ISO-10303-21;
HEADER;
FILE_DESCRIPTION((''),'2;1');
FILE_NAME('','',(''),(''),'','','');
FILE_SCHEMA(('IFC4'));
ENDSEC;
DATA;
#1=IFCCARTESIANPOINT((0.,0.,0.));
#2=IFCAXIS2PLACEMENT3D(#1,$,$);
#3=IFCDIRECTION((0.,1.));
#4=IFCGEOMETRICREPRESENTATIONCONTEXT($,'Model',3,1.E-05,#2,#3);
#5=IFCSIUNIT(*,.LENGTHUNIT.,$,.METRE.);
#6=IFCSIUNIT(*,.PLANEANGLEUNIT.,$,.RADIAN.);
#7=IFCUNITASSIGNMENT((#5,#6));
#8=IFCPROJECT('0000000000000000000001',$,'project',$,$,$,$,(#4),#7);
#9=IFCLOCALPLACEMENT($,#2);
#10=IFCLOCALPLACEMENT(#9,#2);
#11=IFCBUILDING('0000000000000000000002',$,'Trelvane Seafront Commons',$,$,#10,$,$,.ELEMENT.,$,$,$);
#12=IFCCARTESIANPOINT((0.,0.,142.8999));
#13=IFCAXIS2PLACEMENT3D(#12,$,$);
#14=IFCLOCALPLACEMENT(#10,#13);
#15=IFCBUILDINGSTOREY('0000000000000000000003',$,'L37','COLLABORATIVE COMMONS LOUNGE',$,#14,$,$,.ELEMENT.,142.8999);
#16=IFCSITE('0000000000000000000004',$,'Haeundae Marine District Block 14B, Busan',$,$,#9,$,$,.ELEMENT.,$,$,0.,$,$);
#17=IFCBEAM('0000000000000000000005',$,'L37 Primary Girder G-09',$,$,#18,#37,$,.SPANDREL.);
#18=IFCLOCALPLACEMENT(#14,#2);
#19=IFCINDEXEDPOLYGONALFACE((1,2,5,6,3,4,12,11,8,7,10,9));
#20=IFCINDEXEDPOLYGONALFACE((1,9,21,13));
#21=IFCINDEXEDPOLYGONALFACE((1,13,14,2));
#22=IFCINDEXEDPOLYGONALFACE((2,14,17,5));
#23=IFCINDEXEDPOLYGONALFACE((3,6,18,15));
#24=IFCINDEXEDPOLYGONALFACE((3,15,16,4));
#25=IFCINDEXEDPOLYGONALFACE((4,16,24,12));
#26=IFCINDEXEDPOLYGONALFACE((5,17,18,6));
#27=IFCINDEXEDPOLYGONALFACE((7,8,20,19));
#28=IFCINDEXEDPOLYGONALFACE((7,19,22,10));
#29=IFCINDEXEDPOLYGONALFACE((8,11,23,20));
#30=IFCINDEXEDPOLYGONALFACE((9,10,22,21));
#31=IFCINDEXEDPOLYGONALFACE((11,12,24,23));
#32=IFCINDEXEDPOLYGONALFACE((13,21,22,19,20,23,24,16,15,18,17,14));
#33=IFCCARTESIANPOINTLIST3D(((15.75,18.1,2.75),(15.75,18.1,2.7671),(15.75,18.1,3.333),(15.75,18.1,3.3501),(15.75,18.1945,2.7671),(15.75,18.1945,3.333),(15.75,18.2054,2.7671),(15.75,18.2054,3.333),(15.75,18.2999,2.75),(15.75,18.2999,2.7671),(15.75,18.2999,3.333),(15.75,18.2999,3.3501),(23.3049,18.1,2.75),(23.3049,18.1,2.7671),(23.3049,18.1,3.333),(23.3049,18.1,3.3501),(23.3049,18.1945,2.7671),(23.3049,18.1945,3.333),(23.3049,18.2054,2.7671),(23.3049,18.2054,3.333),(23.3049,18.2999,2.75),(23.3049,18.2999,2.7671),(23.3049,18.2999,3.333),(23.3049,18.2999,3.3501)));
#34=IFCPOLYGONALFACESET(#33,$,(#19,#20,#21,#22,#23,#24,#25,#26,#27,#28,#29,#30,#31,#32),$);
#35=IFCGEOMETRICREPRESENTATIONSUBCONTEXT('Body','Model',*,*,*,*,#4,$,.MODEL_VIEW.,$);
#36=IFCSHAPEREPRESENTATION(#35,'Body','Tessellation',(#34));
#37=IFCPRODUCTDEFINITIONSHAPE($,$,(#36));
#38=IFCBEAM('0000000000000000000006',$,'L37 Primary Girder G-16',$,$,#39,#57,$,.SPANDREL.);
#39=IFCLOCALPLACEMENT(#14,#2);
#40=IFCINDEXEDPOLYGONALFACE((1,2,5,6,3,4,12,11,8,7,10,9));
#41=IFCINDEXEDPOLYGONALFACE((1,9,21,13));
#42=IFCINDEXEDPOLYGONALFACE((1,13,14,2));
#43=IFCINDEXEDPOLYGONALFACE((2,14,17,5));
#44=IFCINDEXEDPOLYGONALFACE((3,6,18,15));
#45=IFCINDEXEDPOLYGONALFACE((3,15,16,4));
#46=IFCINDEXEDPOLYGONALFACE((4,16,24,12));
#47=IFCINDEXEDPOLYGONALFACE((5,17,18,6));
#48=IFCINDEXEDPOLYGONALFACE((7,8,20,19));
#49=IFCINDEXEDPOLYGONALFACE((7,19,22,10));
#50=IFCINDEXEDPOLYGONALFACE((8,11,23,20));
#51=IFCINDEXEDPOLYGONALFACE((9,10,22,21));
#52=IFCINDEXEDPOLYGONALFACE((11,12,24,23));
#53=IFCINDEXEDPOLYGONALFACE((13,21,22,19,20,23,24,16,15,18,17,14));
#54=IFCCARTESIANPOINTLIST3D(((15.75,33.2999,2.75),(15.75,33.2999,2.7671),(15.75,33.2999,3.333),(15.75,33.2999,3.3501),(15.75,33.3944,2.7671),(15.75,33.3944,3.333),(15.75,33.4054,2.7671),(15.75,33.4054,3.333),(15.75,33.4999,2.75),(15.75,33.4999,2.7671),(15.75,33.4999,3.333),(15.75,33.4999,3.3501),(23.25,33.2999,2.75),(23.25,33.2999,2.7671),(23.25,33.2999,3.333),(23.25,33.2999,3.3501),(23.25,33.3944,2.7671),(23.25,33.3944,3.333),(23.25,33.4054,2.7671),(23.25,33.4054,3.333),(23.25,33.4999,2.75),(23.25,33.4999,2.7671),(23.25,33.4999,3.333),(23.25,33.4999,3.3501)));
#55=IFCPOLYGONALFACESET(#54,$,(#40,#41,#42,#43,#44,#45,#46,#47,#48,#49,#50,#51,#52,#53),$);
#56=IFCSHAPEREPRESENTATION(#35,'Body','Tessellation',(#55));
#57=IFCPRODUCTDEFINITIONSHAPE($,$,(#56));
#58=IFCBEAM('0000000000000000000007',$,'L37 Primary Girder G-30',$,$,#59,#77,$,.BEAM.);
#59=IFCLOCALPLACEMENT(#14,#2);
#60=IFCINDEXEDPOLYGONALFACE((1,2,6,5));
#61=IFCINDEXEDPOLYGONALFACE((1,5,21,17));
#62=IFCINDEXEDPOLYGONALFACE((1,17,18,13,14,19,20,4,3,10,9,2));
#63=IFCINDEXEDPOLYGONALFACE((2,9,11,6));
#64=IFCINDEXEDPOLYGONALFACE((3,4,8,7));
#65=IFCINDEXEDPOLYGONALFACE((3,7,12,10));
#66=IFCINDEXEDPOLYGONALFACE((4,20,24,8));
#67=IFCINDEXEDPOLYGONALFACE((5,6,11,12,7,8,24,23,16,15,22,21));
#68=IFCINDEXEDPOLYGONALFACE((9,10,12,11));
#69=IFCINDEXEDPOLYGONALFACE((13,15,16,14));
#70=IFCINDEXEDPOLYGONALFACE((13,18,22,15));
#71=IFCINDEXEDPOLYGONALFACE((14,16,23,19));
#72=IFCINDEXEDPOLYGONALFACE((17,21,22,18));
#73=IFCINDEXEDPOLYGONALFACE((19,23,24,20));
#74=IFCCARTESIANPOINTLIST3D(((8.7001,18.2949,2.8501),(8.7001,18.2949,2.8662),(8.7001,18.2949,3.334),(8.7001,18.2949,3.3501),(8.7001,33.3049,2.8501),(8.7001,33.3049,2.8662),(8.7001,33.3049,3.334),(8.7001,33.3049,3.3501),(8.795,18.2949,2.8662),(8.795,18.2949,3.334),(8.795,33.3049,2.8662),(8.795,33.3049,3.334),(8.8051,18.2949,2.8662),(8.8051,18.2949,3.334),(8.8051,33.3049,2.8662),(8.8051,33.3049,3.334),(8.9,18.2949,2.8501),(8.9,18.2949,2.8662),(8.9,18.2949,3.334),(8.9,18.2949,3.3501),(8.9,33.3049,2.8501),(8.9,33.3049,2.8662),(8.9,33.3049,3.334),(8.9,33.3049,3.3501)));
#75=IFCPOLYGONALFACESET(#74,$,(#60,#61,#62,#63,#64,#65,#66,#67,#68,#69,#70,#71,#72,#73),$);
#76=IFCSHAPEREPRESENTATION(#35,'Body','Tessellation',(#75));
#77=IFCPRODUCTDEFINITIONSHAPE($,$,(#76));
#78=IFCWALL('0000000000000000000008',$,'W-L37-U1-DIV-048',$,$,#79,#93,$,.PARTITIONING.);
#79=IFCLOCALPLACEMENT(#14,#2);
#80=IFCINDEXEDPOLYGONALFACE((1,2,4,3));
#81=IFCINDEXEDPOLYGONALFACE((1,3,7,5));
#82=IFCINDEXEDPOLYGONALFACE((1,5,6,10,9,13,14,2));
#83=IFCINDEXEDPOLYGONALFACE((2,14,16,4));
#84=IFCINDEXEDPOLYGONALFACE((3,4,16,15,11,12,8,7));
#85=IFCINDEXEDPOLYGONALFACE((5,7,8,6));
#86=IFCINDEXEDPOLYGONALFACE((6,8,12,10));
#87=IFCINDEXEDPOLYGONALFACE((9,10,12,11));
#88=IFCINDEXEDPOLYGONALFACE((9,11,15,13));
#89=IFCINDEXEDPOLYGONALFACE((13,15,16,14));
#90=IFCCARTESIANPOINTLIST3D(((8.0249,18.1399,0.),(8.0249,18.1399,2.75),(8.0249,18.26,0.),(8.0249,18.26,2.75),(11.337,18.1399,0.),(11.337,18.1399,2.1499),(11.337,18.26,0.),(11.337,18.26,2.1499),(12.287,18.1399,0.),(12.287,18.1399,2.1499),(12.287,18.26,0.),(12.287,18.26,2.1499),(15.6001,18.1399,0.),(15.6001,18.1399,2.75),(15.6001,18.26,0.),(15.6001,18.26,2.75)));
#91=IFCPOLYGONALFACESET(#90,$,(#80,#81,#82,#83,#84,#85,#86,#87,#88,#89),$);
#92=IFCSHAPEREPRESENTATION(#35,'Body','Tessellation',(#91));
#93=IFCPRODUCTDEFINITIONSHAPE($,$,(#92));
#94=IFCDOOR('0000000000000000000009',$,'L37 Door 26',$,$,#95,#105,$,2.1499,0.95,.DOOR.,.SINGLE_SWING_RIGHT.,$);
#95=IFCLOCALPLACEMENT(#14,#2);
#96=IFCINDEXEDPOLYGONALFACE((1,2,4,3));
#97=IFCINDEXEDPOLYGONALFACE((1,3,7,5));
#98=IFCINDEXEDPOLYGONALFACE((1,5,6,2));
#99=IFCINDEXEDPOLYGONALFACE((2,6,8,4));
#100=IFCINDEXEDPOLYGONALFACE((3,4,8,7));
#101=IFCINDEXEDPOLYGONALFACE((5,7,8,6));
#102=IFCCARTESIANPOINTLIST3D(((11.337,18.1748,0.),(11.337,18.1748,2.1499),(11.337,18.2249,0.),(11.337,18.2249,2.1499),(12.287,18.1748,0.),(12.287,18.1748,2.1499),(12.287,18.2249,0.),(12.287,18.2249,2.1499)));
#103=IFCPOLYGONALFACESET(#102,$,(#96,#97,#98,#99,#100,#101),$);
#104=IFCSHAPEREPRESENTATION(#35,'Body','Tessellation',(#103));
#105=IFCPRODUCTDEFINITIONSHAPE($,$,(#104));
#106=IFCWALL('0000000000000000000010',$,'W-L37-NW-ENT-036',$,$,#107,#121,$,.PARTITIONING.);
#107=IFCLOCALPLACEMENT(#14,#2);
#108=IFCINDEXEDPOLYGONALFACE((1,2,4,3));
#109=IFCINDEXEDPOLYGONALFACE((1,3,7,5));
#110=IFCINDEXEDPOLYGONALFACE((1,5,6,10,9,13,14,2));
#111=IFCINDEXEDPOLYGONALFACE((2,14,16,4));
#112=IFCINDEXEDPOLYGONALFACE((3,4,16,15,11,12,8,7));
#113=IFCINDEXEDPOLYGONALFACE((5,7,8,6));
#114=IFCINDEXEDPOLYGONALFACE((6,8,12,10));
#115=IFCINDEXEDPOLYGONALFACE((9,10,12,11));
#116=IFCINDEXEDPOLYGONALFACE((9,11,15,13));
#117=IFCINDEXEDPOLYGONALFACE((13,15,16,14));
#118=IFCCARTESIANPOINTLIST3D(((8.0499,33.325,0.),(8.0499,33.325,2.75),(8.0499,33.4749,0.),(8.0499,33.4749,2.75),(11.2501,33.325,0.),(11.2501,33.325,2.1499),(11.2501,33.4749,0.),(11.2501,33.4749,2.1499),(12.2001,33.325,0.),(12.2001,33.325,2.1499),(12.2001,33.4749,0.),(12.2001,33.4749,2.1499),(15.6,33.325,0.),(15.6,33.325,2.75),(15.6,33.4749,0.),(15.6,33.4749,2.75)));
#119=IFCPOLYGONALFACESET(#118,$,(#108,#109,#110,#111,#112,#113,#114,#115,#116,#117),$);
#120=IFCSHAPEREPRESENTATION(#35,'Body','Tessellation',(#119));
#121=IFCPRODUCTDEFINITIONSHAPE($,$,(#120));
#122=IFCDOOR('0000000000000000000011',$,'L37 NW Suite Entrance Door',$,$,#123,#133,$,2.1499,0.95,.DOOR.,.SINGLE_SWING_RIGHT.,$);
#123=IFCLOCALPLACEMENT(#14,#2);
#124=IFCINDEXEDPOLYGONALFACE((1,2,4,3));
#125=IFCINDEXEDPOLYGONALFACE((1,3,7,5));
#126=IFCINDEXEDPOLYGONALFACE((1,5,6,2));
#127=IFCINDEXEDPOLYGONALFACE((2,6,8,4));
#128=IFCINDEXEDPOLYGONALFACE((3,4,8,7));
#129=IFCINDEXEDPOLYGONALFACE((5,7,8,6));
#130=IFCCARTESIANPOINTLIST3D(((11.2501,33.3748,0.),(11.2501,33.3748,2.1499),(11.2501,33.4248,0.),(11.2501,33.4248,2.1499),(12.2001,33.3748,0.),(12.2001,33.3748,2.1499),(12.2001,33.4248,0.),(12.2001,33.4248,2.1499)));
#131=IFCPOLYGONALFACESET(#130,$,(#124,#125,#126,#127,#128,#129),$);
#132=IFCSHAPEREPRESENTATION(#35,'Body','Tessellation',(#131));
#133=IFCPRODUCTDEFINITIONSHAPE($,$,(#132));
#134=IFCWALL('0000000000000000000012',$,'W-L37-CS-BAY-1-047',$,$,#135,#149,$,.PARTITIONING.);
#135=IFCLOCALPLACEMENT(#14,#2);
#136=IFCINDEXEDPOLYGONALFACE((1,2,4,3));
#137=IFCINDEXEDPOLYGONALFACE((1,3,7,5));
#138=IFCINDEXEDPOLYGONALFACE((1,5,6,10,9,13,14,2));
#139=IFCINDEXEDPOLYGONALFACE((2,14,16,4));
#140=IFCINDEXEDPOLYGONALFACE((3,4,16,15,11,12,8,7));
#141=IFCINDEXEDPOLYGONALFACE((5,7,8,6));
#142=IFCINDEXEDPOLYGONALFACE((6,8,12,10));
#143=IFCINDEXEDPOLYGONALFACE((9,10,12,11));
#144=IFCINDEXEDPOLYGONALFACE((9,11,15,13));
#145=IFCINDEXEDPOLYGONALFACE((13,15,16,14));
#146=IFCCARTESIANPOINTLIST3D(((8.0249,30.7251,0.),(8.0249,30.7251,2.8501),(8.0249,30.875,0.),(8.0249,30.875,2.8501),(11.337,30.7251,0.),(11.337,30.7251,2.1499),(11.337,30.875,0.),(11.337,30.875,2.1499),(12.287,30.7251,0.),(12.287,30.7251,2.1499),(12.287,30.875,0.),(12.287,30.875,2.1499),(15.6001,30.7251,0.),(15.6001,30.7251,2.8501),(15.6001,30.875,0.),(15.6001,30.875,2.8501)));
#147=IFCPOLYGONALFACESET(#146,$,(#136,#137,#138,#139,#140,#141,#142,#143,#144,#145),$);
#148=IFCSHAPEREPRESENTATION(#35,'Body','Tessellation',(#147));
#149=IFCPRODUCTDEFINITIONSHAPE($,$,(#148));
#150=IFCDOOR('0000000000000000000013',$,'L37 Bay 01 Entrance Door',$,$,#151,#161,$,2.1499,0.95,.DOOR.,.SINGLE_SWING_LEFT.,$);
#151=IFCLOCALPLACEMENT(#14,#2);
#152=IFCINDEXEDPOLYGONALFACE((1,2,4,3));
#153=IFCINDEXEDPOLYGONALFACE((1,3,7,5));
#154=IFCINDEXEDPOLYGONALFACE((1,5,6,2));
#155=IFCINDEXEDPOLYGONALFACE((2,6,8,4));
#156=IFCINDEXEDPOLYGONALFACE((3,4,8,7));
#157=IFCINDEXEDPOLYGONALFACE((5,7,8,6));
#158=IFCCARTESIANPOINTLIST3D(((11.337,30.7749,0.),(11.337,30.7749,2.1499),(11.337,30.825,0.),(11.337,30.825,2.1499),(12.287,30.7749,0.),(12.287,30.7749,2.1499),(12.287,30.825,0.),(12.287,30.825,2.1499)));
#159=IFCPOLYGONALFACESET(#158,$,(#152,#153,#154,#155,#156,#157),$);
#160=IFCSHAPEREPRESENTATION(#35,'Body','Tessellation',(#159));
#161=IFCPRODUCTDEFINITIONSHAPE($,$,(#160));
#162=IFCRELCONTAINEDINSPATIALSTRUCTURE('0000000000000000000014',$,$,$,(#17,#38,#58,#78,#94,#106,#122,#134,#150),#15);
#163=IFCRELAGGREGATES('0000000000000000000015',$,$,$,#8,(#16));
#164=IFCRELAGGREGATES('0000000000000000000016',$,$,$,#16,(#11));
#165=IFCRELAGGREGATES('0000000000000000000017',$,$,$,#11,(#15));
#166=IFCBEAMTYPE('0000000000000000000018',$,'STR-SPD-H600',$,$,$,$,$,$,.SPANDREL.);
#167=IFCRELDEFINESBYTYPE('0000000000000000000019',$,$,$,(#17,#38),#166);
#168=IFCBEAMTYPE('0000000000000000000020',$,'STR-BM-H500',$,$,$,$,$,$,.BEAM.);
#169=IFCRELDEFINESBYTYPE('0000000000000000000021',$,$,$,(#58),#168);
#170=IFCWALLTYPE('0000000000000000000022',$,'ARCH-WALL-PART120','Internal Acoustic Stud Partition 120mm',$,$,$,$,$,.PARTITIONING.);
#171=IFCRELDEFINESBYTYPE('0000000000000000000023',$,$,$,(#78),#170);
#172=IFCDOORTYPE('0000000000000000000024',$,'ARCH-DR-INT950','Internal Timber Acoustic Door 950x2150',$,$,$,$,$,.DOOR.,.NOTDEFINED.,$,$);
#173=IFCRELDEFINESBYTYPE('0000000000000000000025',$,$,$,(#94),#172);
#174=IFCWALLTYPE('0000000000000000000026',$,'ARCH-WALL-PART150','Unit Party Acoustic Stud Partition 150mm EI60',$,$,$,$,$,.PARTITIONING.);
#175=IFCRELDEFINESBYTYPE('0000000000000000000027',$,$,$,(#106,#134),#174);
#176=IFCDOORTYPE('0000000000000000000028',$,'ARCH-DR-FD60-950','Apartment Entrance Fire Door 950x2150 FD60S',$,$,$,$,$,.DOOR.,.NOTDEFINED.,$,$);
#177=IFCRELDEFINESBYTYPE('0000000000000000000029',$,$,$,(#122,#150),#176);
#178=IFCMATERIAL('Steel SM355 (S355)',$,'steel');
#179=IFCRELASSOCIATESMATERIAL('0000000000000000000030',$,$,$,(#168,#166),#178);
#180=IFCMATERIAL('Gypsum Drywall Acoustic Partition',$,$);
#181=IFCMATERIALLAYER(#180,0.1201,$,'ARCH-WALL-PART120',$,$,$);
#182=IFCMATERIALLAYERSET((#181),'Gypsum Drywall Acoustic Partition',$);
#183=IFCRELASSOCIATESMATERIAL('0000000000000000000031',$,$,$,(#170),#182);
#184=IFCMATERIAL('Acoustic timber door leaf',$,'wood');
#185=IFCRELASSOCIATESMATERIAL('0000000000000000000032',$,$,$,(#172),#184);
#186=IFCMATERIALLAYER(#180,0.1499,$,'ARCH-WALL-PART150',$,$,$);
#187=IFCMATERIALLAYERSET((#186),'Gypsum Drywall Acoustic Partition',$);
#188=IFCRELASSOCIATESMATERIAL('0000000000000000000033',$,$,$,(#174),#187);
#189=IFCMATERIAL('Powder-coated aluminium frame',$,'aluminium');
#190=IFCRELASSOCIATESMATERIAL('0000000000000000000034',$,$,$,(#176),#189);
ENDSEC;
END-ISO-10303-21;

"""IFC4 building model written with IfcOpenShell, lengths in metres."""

from ifc_helpers import new_model, si_unit, direction, frame, frame_2d, origin, origin_2d, place, context, subcontext, project, spatial, rectangle, i_section, extrude, source, transform, mapped, material, layer, layer_set, material_profile, profile_set, type_object, element, fill, save


model = new_model("IFC4")

# Units and contexts
model_context = context("Model", 3, precision=1e-05, world=origin(), true_north=direction((0.0, 1.0)))
body_context = subcontext(model_context, "Body", "Model", "MODEL_VIEW")
ifc_project = project(units=[si_unit("LENGTHUNIT", "METRE"), si_unit("PLANEANGLEUNIT", "RADIAN")], contexts=[model_context])

# Site, building, storey
site_placement = place(None, origin())
site = spatial("IfcSite", under=ifc_project, at=site_placement, Name="Haeundae Marine District Block 14B, Busan", CompositionType="ELEMENT", RefElevation=0.0)
building_placement = place(site_placement, origin())
building = spatial("IfcBuilding", under=site, at=building_placement, Name="Trelvane Seafront Commons", CompositionType="ELEMENT")
storey_placement = place(building_placement, frame((0.0, 0.0, 142.8999)))
storey = spatial("IfcBuildingStorey", under=building, at=storey_placement, Name="L37", Description="COLLABORATIVE COMMONS LOUNGE", CompositionType="ELEMENT", Elevation=142.8999)

# Shared definitions
ifc_material_1 = material(Name="Steel SM355 (S355)", Category="steel")

# Beams
ifc_material_profile_1 = material_profile(ifc_material_1, i_section(OverallWidth=0.2, OverallDepth=0.5, WebThickness=0.01, FlangeThickness=0.0161, at=origin_2d()), Name="H-500x200x10x16")
ifc_profile_set_1 = profile_set([ifc_material_profile_1], Name="Steel SM355 (S355)")
beam_type_1 = type_object("IfcBeamType", Name="STR-BM-H500", PredefinedType="BEAM", material=ifc_profile_set_1)
ifc_material_profile_2 = material_profile(ifc_material_1, i_section(OverallWidth=0.2, OverallDepth=0.6001, WebThickness=0.011, FlangeThickness=0.0171, at=origin_2d()), Name="H-600x200x11x17")
ifc_profile_set_2 = profile_set([ifc_material_profile_2], Name="Steel SM355 (S355)")
beam_type_2 = type_object("IfcBeamType", Name="STR-SPD-H600", PredefinedType="SPANDREL", material=ifc_profile_set_2)
shared_shape_1 = source(origin(), body_context, "Body", "SweptSolid", [
    extrude(i_section(OverallWidth=0.2, OverallDepth=0.6001, WebThickness=0.011, FlangeThickness=0.0171, at=origin_2d()), origin(), (0.0, 0.0, 1.0), 7.5549),
])
beam_1_placement = place(storey_placement, frame((15.75, 18.2, 3.05), z_axis=(1.0, 0.0, 0.0), x_axis=(0.0, 1.0, 0.0)))
element("IfcBeam", 1, at=beam_1_placement, inside=storey, type_object=beam_type_2, Name="L37 Primary Girder G-09", PredefinedType="SPANDREL", context=body_context, shape_type="MappedRepresentation", body=[
    mapped(shared_shape_1, transform((0.0, 0.0, 0.0), x_axis=(1.0, 0.0, 0.0), y_axis=(0.0, 1.0, 0.0), z_axis=(0.0, 0.0, 1.0), scale=1.0)),
])
shared_shape_2 = source(origin(), body_context, "Body", "SweptSolid", [
    extrude(i_section(OverallWidth=0.2, OverallDepth=0.6001, WebThickness=0.011, FlangeThickness=0.0171, at=origin_2d()), origin(), (0.0, 0.0, 1.0), 7.5),
])
beam_2_placement = place(storey_placement, frame((15.75, 33.3999, 3.05), z_axis=(1.0, 0.0, 0.0), x_axis=(0.0, 1.0, 0.0)))
element("IfcBeam", 2, at=beam_2_placement, inside=storey, type_object=beam_type_2, Name="L37 Primary Girder G-16", PredefinedType="SPANDREL", context=body_context, shape_type="MappedRepresentation", body=[
    mapped(shared_shape_2, transform((0.0, 0.0, 0.0), x_axis=(1.0, 0.0, 0.0), y_axis=(0.0, 1.0, 0.0), z_axis=(0.0, 0.0, 1.0), scale=1.0)),
])
shared_shape_3 = source(origin(), body_context, "Body", "SweptSolid", [
    extrude(i_section(OverallWidth=0.2, OverallDepth=0.5, WebThickness=0.01, FlangeThickness=0.0161, at=origin_2d()), origin(), (0.0, 0.0, 1.0), 15.01),
])
beam_3_placement = place(storey_placement, frame((8.8, 18.2949, 3.1001), z_axis=(0.0, 1.0, 0.0), x_axis=(-1.0, 0.0, 0.0)))
element("IfcBeam", 3, at=beam_3_placement, inside=storey, type_object=beam_type_1, Name="L37 Primary Girder G-30", PredefinedType="BEAM", context=body_context, shape_type="MappedRepresentation", body=[
    mapped(shared_shape_3, transform((0.0, 0.0, 0.0), x_axis=(1.0, 0.0, 0.0), y_axis=(0.0, 1.0, 0.0), z_axis=(0.0, 0.0, 1.0), scale=1.0)),
])

# Walls, openings, doors
ifc_material_2 = material(Name="Gypsum Drywall Acoustic Partition")
ifc_layer_1 = layer(ifc_material_2, 0.1201, Name="ARCH-WALL-PART120")
ifc_layer_set_1 = layer_set([ifc_layer_1], Name="Gypsum Drywall Acoustic Partition")
wall_type_1 = type_object("IfcWallType", Name="ARCH-WALL-PART120", Description="Internal Acoustic Stud Partition 120mm", PredefinedType="PARTITIONING", material=ifc_layer_set_1)
wall_1_placement = place(storey_placement, frame((8.0249, 18.2, 0.0), z_axis=(0.0, 0.0, 1.0), x_axis=(1.0, 0.0, 0.0)))
wall_1 = element("IfcWall", 4, at=wall_1_placement, inside=storey, type_object=wall_type_1, Name="W-L37-U1-DIV-048", PredefinedType="PARTITIONING", context=body_context, shape_type="SweptSolid", body=[
    extrude(rectangle(XDim=7.5752, YDim=0.1201, at=frame_2d((3.7876, 0.0))), origin(), (0.0, 0.0, 1.0), 2.75),
])
opening_1_placement = place(wall_1_placement, frame((3.312, 0.0, 0.0)))
opening_1 = element("IfcOpeningElement", 5, at=opening_1_placement, cuts=wall_1, PredefinedType="OPENING", context=body_context, shape_type="SweptSolid", body=[
    extrude(rectangle(XDim=0.95, YDim=2.1499, at=frame_2d((0.4751, 1.075))), frame((0.0, 0.0701, 0.0), z_axis=(0.0, -1.0, 0.0), x_axis=(1.0, 0.0, 0.0)), (0.0, 0.0, 1.0), 0.1401),
])
ifc_material_3 = material(Name="Acoustic timber door leaf", Category="wood")
door_type_1 = type_object("IfcDoorType", Name="ARCH-DR-INT950", Description="Internal Timber Acoustic Door 950x2150", OperationType="NOTDEFINED", PredefinedType="DOOR", material=ifc_material_3)
shared_shape_4 = source(origin(), body_context, "Body", "SweptSolid", [
    extrude(rectangle(XDim=0.95, YDim=2.1499, at=frame_2d((0.4751, 1.075))), frame((0.0, 0.0249, 0.0), z_axis=(0.0, -1.0, 0.0), x_axis=(1.0, 0.0, 0.0)), (0.0, 0.0, 1.0), 0.05),
])
door_1_placement = place(opening_1_placement, origin())
door_1 = element("IfcDoor", 6, at=door_1_placement, inside=storey, type_object=door_type_1, Name="L37 Door 26", OperationType="SINGLE_SWING_RIGHT", OverallHeight=2.1499, OverallWidth=0.95, PredefinedType="DOOR", context=body_context, shape_type="MappedRepresentation", body=[
    mapped(shared_shape_4, transform((0.0, 0.0, 0.0), x_axis=(1.0, 0.0, 0.0), y_axis=(0.0, 1.0, 0.0), z_axis=(0.0, 0.0, 1.0), scale=1.0)),
])
fill(opening_1, door_1)
ifc_layer_2 = layer(ifc_material_2, 0.1499, Name="ARCH-WALL-PART150")
ifc_layer_set_2 = layer_set([ifc_layer_2], Name="Gypsum Drywall Acoustic Partition")
wall_type_2 = type_object("IfcWallType", Name="ARCH-WALL-PART150", Description="Unit Party Acoustic Stud Partition 150mm EI60", PredefinedType="PARTITIONING", material=ifc_layer_set_2)
wall_2_placement = place(storey_placement, frame((8.05, 33.3999, 0.0), z_axis=(0.0, 0.0, 1.0), x_axis=(1.0, 0.0, 0.0)))
wall_2 = element("IfcWall", 7, at=wall_2_placement, inside=storey, type_object=wall_type_2, Name="W-L37-NW-ENT-036", PredefinedType="PARTITIONING", context=body_context, shape_type="SweptSolid", body=[
    extrude(rectangle(XDim=7.55, YDim=0.1499, at=frame_2d((3.7749, 0.0))), origin(), (0.0, 0.0, 1.0), 2.75),
])
opening_2_placement = place(wall_2_placement, frame((3.2, 0.0, 0.0)))
opening_2 = element("IfcOpeningElement", 8, at=opening_2_placement, cuts=wall_2, PredefinedType="OPENING", context=body_context, shape_type="SweptSolid", body=[
    extrude(rectangle(XDim=0.95, YDim=2.1499, at=frame_2d((0.4751, 1.075))), frame((0.0, 0.085, 0.0), z_axis=(0.0, -1.0, 0.0), x_axis=(1.0, 0.0, 0.0)), (0.0, 0.0, 1.0), 0.1699),
])
ifc_material_4 = material(Name="Powder-coated aluminium frame", Category="aluminium")
door_type_2 = type_object("IfcDoorType", Name="ARCH-DR-FD60-950", Description="Apartment Entrance Fire Door 950x2150 FD60S", OperationType="NOTDEFINED", PredefinedType="DOOR", material=ifc_material_4)
door_2_placement = place(opening_2_placement, origin())
door_2 = element("IfcDoor", 9, at=door_2_placement, inside=storey, type_object=door_type_2, Name="L37 NW Suite Entrance Door", OperationType="SINGLE_SWING_RIGHT", OverallHeight=2.1499, OverallWidth=0.95, PredefinedType="DOOR", context=body_context, shape_type="MappedRepresentation", body=[
    mapped(shared_shape_4, transform((0.0, 0.0, 0.0), x_axis=(1.0, 0.0, 0.0), y_axis=(0.0, 1.0, 0.0), z_axis=(0.0, 0.0, 1.0), scale=1.0)),
])
fill(opening_2, door_2)
wall_3_placement = place(storey_placement, frame((8.0249, 30.8, 0.0), z_axis=(0.0, 0.0, 1.0), x_axis=(1.0, 0.0, 0.0)))
wall_3 = element("IfcWall", 10, at=wall_3_placement, inside=storey, type_object=wall_type_2, Name="W-L37-CS-BAY-1-047", PredefinedType="PARTITIONING", context=body_context, shape_type="SweptSolid", body=[
    extrude(rectangle(XDim=7.5752, YDim=0.1499, at=frame_2d((3.7876, 0.0))), origin(), (0.0, 0.0, 1.0), 2.8501),
])
opening_3_placement = place(wall_3_placement, frame((3.312, 0.0, 0.0)))
opening_3 = element("IfcOpeningElement", 11, at=opening_3_placement, cuts=wall_3, PredefinedType="OPENING", context=body_context, shape_type="SweptSolid", body=[
    extrude(rectangle(XDim=0.95, YDim=2.1499, at=frame_2d((0.4751, 1.075))), frame((0.0, 0.085, 0.0), z_axis=(0.0, -1.0, 0.0), x_axis=(1.0, 0.0, 0.0)), (0.0, 0.0, 1.0), 0.1699),
])
door_3_placement = place(opening_3_placement, origin())
door_3 = element("IfcDoor", 12, at=door_3_placement, inside=storey, type_object=door_type_2, Name="L37 Bay 01 Entrance Door", OperationType="SINGLE_SWING_LEFT", OverallHeight=2.1499, OverallWidth=0.95, PredefinedType="DOOR", context=body_context, shape_type="MappedRepresentation", body=[
    mapped(shared_shape_4, transform((0.0, 0.0, 0.0), x_axis=(1.0, 0.0, 0.0), y_axis=(0.0, 1.0, 0.0), z_axis=(0.0, 0.0, 1.0), scale=1.0)),
])
fill(opening_3, door_3)

save(model, "model.ifc")
